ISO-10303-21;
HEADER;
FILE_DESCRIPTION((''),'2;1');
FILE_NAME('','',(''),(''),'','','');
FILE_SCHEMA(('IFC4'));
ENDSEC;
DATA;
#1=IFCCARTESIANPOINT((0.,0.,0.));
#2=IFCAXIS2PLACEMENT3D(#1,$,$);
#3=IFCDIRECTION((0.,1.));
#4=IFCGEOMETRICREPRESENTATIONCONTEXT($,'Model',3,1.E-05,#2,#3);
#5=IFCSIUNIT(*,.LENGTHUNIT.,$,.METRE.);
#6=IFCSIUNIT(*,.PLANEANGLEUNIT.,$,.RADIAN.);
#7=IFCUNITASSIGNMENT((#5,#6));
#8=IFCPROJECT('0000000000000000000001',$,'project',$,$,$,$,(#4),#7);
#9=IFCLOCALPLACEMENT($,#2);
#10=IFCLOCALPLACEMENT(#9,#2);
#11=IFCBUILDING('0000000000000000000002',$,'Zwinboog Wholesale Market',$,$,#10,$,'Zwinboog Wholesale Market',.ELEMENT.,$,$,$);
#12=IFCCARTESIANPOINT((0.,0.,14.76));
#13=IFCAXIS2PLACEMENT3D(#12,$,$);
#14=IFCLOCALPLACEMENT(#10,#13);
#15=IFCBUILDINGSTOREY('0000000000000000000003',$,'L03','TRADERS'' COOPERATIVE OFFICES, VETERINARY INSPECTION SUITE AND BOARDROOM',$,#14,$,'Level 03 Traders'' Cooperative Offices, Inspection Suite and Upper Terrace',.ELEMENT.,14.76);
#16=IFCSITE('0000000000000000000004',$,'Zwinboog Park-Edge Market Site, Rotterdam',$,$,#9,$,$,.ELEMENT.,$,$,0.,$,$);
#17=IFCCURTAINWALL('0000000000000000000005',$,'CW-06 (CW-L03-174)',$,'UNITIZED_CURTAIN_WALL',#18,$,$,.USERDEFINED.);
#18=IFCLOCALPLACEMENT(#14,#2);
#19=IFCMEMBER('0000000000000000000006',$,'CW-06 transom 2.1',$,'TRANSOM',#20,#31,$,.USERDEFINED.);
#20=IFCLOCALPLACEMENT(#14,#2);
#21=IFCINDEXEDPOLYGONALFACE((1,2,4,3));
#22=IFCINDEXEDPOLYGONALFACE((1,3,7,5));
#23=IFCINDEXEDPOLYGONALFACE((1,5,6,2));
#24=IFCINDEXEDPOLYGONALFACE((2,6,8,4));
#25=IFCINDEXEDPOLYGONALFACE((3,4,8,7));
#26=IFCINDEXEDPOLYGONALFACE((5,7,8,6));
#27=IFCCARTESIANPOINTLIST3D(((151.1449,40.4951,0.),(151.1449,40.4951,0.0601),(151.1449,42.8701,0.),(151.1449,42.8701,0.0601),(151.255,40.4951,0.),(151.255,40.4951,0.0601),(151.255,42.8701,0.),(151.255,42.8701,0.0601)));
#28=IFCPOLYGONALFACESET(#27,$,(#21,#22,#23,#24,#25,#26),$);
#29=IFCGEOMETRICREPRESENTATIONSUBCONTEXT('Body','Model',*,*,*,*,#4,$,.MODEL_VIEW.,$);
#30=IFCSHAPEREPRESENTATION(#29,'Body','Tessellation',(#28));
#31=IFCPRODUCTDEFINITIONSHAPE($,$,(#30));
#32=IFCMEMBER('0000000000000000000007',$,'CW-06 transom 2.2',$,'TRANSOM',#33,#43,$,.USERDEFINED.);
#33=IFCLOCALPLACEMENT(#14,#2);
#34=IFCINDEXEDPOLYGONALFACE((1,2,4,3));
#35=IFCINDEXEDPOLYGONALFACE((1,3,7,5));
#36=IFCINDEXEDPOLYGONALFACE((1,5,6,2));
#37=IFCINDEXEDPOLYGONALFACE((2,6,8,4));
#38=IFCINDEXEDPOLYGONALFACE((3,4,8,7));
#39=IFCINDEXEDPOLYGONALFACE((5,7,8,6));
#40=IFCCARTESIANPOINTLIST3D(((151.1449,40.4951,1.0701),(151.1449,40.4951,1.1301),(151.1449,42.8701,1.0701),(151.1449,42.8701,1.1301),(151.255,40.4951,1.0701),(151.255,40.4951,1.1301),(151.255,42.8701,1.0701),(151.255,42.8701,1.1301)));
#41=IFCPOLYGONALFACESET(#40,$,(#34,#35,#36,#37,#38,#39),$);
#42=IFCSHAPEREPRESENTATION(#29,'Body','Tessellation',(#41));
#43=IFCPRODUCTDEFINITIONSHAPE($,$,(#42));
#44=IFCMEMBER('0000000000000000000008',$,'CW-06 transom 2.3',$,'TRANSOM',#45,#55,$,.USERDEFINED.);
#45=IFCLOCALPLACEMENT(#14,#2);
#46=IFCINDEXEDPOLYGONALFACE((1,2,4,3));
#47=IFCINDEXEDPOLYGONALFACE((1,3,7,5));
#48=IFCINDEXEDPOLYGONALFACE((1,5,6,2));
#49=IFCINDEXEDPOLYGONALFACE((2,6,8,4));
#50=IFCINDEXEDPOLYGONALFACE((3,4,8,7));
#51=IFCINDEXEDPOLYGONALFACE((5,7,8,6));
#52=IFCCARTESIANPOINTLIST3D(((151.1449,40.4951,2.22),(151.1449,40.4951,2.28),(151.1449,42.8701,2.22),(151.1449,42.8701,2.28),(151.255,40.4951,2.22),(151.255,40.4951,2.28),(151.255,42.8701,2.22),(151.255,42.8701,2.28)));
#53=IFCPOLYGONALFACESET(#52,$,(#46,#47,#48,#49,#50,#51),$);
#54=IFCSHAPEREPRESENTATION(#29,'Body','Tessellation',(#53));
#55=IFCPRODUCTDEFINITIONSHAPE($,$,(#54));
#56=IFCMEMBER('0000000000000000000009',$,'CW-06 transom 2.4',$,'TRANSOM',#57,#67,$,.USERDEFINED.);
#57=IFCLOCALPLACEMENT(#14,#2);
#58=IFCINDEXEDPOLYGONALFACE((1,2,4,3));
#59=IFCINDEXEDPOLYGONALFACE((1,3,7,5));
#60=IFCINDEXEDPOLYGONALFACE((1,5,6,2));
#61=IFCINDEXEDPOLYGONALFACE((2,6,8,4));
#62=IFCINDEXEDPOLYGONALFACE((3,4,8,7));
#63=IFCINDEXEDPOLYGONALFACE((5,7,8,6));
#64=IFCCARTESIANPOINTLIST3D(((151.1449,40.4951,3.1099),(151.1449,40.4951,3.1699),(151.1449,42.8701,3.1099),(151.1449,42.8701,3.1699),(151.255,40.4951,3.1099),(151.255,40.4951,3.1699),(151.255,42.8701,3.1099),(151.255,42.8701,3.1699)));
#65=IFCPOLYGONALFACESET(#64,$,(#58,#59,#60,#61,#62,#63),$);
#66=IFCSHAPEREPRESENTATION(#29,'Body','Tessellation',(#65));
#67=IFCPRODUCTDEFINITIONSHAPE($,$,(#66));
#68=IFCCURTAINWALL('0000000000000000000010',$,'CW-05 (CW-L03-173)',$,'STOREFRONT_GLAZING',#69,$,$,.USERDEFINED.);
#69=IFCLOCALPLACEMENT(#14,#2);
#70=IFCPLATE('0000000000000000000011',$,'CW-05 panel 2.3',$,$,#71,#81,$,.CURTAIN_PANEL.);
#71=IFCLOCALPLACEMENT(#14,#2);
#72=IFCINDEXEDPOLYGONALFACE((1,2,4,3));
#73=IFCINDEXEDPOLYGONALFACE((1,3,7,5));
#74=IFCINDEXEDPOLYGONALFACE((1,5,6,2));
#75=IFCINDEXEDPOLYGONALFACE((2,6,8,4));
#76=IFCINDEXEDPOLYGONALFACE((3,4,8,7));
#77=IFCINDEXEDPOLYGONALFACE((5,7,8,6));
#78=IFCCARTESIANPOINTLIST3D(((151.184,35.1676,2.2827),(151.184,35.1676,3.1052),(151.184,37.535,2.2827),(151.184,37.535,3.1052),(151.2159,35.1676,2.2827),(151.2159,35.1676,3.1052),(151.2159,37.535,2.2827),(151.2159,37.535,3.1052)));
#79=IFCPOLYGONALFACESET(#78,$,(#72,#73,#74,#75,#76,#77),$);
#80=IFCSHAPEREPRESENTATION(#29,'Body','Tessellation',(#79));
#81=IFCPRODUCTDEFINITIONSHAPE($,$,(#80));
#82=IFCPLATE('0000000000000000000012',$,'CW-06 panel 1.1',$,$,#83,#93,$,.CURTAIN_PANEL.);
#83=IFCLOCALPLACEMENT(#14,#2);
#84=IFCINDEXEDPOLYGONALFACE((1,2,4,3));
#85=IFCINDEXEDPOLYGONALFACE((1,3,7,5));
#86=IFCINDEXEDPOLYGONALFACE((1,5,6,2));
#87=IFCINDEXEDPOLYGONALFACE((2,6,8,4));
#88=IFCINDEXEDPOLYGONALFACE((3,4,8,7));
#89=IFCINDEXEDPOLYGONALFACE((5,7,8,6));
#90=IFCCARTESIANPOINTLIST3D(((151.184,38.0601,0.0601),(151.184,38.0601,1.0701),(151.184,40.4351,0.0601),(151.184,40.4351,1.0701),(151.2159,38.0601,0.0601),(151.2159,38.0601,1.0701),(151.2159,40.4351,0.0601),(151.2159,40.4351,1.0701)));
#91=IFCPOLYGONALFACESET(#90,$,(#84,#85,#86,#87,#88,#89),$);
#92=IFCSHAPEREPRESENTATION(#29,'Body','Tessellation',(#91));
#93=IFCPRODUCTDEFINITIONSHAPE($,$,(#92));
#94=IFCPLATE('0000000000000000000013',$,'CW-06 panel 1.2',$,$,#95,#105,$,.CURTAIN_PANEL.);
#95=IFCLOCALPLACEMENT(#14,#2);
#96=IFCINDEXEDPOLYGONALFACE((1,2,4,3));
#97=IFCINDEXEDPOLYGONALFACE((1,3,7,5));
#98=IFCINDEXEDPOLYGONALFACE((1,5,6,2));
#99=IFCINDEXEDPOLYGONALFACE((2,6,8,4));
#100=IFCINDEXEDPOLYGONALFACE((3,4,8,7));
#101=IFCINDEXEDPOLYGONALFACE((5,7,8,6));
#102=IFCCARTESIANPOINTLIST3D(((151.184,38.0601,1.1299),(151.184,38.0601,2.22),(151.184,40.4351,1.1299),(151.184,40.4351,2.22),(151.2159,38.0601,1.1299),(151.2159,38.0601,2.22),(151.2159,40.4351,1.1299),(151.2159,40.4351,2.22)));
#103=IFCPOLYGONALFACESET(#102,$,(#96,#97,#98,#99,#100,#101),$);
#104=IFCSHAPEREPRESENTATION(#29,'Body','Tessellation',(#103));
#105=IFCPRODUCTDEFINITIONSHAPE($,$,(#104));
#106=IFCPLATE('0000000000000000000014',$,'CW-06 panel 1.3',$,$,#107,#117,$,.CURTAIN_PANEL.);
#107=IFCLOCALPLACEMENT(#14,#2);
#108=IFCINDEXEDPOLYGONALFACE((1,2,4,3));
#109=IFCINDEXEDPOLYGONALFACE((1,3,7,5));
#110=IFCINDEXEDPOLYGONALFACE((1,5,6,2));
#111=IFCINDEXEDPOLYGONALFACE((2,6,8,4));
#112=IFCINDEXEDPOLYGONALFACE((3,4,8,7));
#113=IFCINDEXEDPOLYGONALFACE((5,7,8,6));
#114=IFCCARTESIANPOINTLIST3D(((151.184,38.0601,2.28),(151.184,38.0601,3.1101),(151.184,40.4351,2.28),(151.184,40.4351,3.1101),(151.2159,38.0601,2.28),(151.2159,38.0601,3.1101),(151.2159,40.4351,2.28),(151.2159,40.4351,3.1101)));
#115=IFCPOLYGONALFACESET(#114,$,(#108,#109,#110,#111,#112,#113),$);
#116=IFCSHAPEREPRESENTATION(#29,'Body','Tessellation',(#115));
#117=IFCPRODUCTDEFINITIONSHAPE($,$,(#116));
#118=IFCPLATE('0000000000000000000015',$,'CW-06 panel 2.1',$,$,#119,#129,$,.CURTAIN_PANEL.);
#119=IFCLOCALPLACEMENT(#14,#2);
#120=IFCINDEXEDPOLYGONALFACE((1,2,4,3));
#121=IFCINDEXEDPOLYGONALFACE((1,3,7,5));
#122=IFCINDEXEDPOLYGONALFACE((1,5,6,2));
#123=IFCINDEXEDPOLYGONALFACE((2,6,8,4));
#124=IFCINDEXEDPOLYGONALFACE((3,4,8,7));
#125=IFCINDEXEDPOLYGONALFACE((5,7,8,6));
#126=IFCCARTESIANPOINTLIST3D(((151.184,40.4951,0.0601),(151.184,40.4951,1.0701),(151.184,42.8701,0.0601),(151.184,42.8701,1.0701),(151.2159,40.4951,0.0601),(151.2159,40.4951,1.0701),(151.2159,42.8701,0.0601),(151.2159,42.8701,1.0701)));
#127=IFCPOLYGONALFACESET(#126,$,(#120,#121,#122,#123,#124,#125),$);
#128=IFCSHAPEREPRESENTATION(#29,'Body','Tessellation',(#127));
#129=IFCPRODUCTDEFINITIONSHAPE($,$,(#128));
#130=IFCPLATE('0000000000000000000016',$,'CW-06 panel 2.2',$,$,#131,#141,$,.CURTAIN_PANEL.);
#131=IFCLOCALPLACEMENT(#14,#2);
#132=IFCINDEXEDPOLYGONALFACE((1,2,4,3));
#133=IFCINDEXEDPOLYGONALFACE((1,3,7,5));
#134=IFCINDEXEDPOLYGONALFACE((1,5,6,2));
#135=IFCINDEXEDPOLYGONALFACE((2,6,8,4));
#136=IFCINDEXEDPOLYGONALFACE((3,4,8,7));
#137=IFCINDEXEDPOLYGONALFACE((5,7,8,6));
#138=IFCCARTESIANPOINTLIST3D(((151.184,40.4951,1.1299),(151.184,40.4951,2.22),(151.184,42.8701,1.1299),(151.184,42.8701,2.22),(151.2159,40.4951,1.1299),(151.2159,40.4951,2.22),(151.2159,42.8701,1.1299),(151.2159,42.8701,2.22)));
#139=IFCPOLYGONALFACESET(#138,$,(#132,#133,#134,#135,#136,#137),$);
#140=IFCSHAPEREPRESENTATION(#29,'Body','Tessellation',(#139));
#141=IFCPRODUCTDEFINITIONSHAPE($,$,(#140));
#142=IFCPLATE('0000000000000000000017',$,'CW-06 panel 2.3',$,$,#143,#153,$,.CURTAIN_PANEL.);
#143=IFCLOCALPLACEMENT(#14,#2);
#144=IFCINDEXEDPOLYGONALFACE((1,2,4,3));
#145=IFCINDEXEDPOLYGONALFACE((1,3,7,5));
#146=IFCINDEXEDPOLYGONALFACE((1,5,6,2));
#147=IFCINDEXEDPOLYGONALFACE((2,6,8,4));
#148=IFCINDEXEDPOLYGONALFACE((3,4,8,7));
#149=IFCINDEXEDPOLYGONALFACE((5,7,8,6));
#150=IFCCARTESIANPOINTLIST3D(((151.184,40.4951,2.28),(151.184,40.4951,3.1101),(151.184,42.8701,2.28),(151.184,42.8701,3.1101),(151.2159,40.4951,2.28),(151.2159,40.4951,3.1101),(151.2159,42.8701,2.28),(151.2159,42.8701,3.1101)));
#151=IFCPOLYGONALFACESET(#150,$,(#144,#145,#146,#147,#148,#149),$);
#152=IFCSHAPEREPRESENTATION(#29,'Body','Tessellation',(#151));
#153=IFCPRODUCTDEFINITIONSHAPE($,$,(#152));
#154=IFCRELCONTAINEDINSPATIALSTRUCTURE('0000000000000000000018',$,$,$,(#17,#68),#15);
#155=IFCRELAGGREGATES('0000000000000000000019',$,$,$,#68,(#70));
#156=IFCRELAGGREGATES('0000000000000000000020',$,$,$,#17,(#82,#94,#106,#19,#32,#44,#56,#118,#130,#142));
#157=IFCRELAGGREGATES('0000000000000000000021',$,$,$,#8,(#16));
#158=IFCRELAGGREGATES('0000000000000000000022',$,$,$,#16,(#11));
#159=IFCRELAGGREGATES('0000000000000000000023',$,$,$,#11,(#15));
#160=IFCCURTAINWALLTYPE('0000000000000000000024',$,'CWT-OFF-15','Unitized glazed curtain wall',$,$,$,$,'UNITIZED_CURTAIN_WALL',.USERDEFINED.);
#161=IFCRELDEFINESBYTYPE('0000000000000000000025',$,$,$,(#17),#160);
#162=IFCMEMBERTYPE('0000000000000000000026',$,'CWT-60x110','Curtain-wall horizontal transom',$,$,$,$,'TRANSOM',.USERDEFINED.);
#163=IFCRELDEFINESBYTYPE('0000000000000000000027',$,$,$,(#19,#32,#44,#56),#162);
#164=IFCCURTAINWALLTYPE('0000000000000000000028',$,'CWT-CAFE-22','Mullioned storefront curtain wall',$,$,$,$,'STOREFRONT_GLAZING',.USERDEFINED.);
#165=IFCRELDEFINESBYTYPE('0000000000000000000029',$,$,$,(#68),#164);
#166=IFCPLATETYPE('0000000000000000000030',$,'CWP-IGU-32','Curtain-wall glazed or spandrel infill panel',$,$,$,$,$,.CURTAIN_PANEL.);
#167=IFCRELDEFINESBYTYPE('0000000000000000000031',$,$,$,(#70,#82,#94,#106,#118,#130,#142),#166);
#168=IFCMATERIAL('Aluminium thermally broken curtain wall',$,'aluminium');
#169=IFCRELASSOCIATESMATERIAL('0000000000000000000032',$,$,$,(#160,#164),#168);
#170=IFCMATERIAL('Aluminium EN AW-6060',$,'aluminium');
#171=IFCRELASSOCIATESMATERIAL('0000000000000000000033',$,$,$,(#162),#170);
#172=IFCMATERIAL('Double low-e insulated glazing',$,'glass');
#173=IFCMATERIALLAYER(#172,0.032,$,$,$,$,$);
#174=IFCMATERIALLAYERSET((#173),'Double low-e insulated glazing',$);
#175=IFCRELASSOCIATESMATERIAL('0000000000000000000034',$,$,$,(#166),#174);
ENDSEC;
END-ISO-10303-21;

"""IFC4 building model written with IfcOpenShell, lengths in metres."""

from ifc_helpers import new_model, si_unit, direction, frame, origin, origin_2d, place, context, subcontext, project, spatial, rectangle, extrude, material, layer, layer_set, material_profile, profile_set, type_object, element, aggregate, save


model = new_model("IFC4")

# Units and contexts
model_context = context("Model", 3, precision=1e-05, world=origin(), true_north=direction((0.0, 1.0)))
body_context = subcontext(model_context, "Body", "Model", "MODEL_VIEW")
ifc_project = project(units=[si_unit("LENGTHUNIT", "METRE"), si_unit("PLANEANGLEUNIT", "RADIAN")], contexts=[model_context])

# Site, building, storey
site_placement = place(None, origin())
site = spatial("IfcSite", under=ifc_project, at=site_placement, Name="Zwinboog Park-Edge Market Site, Rotterdam", CompositionType="ELEMENT", RefElevation=0.0)
building_placement = place(site_placement, origin())
building = spatial("IfcBuilding", under=site, at=building_placement, Name="Zwinboog Wholesale Market", LongName="Zwinboog Wholesale Market", CompositionType="ELEMENT")
storey_placement = place(building_placement, frame((0.0, 0.0, 14.76)))
storey = spatial("IfcBuildingStorey", under=building, at=storey_placement, Name="L03", Description="TRADERS' COOPERATIVE OFFICES, VETERINARY INSPECTION SUITE AND BOARDROOM", LongName="Level 03 Traders' Cooperative Offices, Inspection Suite and Upper Terrace", CompositionType="ELEMENT", Elevation=14.76)

# Curtain wall, members
ifc_material_1 = material(Name="Aluminium thermally broken curtain wall", Category="aluminium")
curtain_wall_type_1 = type_object("IfcCurtainWallType", Name="CWT-OFF-15", Description="Unitized glazed curtain wall", ElementType="UNITIZED_CURTAIN_WALL", PredefinedType="USERDEFINED", material=ifc_material_1)
curtain_wall_1_placement = place(storey_placement, origin())
curtain_wall_1 = element("IfcCurtainWall", 1, at=curtain_wall_1_placement, inside=storey, type_object=curtain_wall_type_1, Name="CW-06 (CW-L03-174)", ObjectType="UNITIZED_CURTAIN_WALL", PredefinedType="USERDEFINED")
ifc_material_2 = material(Name="Aluminium EN AW-6060", Category="aluminium")
ifc_material_profile_1 = material_profile(ifc_material_2, rectangle(XDim=0.1101, YDim=0.0601, at=origin_2d()), Name="AL 60x110")
ifc_profile_set_1 = profile_set([ifc_material_profile_1], Name="Aluminium EN AW-6060")
member_type_1 = type_object("IfcMemberType", Name="CWT-60x110", Description="Curtain-wall horizontal transom", ElementType="TRANSOM", PredefinedType="USERDEFINED", material=ifc_profile_set_1)
member_1_placement = place(storey_placement, frame((151.2, 40.4951, 0.03), z_axis=(0.0, 1.0, 0.0), x_axis=(-1.0, 0.0, 0.0)))
member_1 = element("IfcMember", 2, at=member_1_placement, type_object=member_type_1, Name="CW-06 transom 2.1", ObjectType="TRANSOM", PredefinedType="USERDEFINED", context=body_context, shape_type="SweptSolid", body=[
    extrude(rectangle(XDim=0.1101, YDim=0.0601, at=origin_2d()), origin(), (0.0, 0.0, 1.0), 2.375),
])
member_2_placement = place(storey_placement, frame((151.2, 40.4951, 1.1001), z_axis=(0.0, 1.0, 0.0), x_axis=(-1.0, 0.0, 0.0)))
member_2 = element("IfcMember", 3, at=member_2_placement, type_object=member_type_1, Name="CW-06 transom 2.2", ObjectType="TRANSOM", PredefinedType="USERDEFINED", context=body_context, shape_type="SweptSolid", body=[
    extrude(rectangle(XDim=0.1101, YDim=0.0601, at=origin_2d()), origin(), (0.0, 0.0, 1.0), 2.375),
])
member_3_placement = place(storey_placement, frame((151.2, 40.4951, 2.25), z_axis=(0.0, 1.0, 0.0), x_axis=(-1.0, 0.0, 0.0)))
member_3 = element("IfcMember", 4, at=member_3_placement, type_object=member_type_1, Name="CW-06 transom 2.3", ObjectType="TRANSOM", PredefinedType="USERDEFINED", context=body_context, shape_type="SweptSolid", body=[
    extrude(rectangle(XDim=0.1101, YDim=0.0601, at=origin_2d()), origin(), (0.0, 0.0, 1.0), 2.375),
])
member_4_placement = place(storey_placement, frame((151.2, 40.4951, 3.1399), z_axis=(0.0, 1.0, 0.0), x_axis=(-1.0, 0.0, 0.0)))
member_4 = element("IfcMember", 5, at=member_4_placement, type_object=member_type_1, Name="CW-06 transom 2.4", ObjectType="TRANSOM", PredefinedType="USERDEFINED", context=body_context, shape_type="SweptSolid", body=[
    extrude(rectangle(XDim=0.1101, YDim=0.0601, at=origin_2d()), origin(), (0.0, 0.0, 1.0), 2.375),
])

# Curtain wall, plate
curtain_wall_type_2 = type_object("IfcCurtainWallType", Name="CWT-CAFE-22", Description="Mullioned storefront curtain wall", ElementType="STOREFRONT_GLAZING", PredefinedType="USERDEFINED", material=ifc_material_1)
curtain_wall_2_placement = place(storey_placement, origin())
curtain_wall_2 = element("IfcCurtainWall", 6, at=curtain_wall_2_placement, inside=storey, type_object=curtain_wall_type_2, Name="CW-05 (CW-L03-173)", ObjectType="STOREFRONT_GLAZING", PredefinedType="USERDEFINED")
ifc_material_3 = material(Name="Double low-e insulated glazing", Category="glass")
ifc_layer_1 = layer(ifc_material_3, 0.032)
ifc_layer_set_1 = layer_set([ifc_layer_1], Name="Double low-e insulated glazing")
plate_type = type_object("IfcPlateType", Name="CWP-IGU-32", Description="Curtain-wall glazed or spandrel infill panel", PredefinedType="CURTAIN_PANEL", material=ifc_layer_set_1)
plate_1_placement = place(storey_placement, frame((151.2, 36.3513, 2.2827), z_axis=(0.0, 0.0, 1.0), x_axis=(0.0, 1.0, 0.0)))
plate_1 = element("IfcPlate", 7, at=plate_1_placement, type_object=plate_type, Name="CW-05 panel 2.3", PredefinedType="CURTAIN_PANEL", context=body_context, shape_type="SweptSolid", body=[
    extrude(rectangle(XDim=2.3674, YDim=0.032, at=origin_2d()), origin(), (0.0, 0.0, 1.0), 0.8225),
])
aggregate(curtain_wall_2, [plate_1])

# Plates
plate_2_placement = place(storey_placement, frame((151.2, 39.2476, 0.0601), z_axis=(0.0, 0.0, 1.0), x_axis=(0.0, 1.0, 0.0)))
plate_2 = element("IfcPlate", 8, at=plate_2_placement, type_object=plate_type, Name="CW-06 panel 1.1", PredefinedType="CURTAIN_PANEL", context=body_context, shape_type="SweptSolid", body=[
    extrude(rectangle(XDim=2.375, YDim=0.032, at=origin_2d()), origin(), (0.0, 0.0, 1.0), 1.01),
])
plate_3_placement = place(storey_placement, frame((151.2, 39.2476, 1.1299), z_axis=(0.0, 0.0, 1.0), x_axis=(0.0, 1.0, 0.0)))
plate_3 = element("IfcPlate", 9, at=plate_3_placement, type_object=plate_type, Name="CW-06 panel 1.2", PredefinedType="CURTAIN_PANEL", context=body_context, shape_type="SweptSolid", body=[
    extrude(rectangle(XDim=2.375, YDim=0.032, at=origin_2d()), origin(), (0.0, 0.0, 1.0), 1.0901),
])
plate_4_placement = place(storey_placement, frame((151.2, 39.2476, 2.28), z_axis=(0.0, 0.0, 1.0), x_axis=(0.0, 1.0, 0.0)))
plate_4 = element("IfcPlate", 10, at=plate_4_placement, type_object=plate_type, Name="CW-06 panel 1.3", PredefinedType="CURTAIN_PANEL", context=body_context, shape_type="SweptSolid", body=[
    extrude(rectangle(XDim=2.375, YDim=0.032, at=origin_2d()), origin(), (0.0, 0.0, 1.0), 0.8301),
])
plate_5_placement = place(storey_placement, frame((151.2, 41.6826, 0.0601), z_axis=(0.0, 0.0, 1.0), x_axis=(0.0, 1.0, 0.0)))
plate_5 = element("IfcPlate", 11, at=plate_5_placement, type_object=plate_type, Name="CW-06 panel 2.1", PredefinedType="CURTAIN_PANEL", context=body_context, shape_type="SweptSolid", body=[
    extrude(rectangle(XDim=2.375, YDim=0.032, at=origin_2d()), origin(), (0.0, 0.0, 1.0), 1.01),
])
plate_6_placement = place(storey_placement, frame((151.2, 41.6826, 1.1299), z_axis=(0.0, 0.0, 1.0), x_axis=(0.0, 1.0, 0.0)))
plate_6 = element("IfcPlate", 12, at=plate_6_placement, type_object=plate_type, Name="CW-06 panel 2.2", PredefinedType="CURTAIN_PANEL", context=body_context, shape_type="SweptSolid", body=[
    extrude(rectangle(XDim=2.375, YDim=0.032, at=origin_2d()), origin(), (0.0, 0.0, 1.0), 1.0901),
])
plate_7_placement = place(storey_placement, frame((151.2, 41.6826, 2.28), z_axis=(0.0, 0.0, 1.0), x_axis=(0.0, 1.0, 0.0)))
plate_7 = element("IfcPlate", 13, at=plate_7_placement, type_object=plate_type, Name="CW-06 panel 2.3", PredefinedType="CURTAIN_PANEL", context=body_context, shape_type="SweptSolid", body=[
    extrude(rectangle(XDim=2.375, YDim=0.032, at=origin_2d()), origin(), (0.0, 0.0, 1.0), 0.8301),
])
aggregate(curtain_wall_1, [plate_2, plate_3, plate_4, member_1, member_2, member_3, member_4, plate_5, plate_6, plate_7])

save(model, "model.ifc")
